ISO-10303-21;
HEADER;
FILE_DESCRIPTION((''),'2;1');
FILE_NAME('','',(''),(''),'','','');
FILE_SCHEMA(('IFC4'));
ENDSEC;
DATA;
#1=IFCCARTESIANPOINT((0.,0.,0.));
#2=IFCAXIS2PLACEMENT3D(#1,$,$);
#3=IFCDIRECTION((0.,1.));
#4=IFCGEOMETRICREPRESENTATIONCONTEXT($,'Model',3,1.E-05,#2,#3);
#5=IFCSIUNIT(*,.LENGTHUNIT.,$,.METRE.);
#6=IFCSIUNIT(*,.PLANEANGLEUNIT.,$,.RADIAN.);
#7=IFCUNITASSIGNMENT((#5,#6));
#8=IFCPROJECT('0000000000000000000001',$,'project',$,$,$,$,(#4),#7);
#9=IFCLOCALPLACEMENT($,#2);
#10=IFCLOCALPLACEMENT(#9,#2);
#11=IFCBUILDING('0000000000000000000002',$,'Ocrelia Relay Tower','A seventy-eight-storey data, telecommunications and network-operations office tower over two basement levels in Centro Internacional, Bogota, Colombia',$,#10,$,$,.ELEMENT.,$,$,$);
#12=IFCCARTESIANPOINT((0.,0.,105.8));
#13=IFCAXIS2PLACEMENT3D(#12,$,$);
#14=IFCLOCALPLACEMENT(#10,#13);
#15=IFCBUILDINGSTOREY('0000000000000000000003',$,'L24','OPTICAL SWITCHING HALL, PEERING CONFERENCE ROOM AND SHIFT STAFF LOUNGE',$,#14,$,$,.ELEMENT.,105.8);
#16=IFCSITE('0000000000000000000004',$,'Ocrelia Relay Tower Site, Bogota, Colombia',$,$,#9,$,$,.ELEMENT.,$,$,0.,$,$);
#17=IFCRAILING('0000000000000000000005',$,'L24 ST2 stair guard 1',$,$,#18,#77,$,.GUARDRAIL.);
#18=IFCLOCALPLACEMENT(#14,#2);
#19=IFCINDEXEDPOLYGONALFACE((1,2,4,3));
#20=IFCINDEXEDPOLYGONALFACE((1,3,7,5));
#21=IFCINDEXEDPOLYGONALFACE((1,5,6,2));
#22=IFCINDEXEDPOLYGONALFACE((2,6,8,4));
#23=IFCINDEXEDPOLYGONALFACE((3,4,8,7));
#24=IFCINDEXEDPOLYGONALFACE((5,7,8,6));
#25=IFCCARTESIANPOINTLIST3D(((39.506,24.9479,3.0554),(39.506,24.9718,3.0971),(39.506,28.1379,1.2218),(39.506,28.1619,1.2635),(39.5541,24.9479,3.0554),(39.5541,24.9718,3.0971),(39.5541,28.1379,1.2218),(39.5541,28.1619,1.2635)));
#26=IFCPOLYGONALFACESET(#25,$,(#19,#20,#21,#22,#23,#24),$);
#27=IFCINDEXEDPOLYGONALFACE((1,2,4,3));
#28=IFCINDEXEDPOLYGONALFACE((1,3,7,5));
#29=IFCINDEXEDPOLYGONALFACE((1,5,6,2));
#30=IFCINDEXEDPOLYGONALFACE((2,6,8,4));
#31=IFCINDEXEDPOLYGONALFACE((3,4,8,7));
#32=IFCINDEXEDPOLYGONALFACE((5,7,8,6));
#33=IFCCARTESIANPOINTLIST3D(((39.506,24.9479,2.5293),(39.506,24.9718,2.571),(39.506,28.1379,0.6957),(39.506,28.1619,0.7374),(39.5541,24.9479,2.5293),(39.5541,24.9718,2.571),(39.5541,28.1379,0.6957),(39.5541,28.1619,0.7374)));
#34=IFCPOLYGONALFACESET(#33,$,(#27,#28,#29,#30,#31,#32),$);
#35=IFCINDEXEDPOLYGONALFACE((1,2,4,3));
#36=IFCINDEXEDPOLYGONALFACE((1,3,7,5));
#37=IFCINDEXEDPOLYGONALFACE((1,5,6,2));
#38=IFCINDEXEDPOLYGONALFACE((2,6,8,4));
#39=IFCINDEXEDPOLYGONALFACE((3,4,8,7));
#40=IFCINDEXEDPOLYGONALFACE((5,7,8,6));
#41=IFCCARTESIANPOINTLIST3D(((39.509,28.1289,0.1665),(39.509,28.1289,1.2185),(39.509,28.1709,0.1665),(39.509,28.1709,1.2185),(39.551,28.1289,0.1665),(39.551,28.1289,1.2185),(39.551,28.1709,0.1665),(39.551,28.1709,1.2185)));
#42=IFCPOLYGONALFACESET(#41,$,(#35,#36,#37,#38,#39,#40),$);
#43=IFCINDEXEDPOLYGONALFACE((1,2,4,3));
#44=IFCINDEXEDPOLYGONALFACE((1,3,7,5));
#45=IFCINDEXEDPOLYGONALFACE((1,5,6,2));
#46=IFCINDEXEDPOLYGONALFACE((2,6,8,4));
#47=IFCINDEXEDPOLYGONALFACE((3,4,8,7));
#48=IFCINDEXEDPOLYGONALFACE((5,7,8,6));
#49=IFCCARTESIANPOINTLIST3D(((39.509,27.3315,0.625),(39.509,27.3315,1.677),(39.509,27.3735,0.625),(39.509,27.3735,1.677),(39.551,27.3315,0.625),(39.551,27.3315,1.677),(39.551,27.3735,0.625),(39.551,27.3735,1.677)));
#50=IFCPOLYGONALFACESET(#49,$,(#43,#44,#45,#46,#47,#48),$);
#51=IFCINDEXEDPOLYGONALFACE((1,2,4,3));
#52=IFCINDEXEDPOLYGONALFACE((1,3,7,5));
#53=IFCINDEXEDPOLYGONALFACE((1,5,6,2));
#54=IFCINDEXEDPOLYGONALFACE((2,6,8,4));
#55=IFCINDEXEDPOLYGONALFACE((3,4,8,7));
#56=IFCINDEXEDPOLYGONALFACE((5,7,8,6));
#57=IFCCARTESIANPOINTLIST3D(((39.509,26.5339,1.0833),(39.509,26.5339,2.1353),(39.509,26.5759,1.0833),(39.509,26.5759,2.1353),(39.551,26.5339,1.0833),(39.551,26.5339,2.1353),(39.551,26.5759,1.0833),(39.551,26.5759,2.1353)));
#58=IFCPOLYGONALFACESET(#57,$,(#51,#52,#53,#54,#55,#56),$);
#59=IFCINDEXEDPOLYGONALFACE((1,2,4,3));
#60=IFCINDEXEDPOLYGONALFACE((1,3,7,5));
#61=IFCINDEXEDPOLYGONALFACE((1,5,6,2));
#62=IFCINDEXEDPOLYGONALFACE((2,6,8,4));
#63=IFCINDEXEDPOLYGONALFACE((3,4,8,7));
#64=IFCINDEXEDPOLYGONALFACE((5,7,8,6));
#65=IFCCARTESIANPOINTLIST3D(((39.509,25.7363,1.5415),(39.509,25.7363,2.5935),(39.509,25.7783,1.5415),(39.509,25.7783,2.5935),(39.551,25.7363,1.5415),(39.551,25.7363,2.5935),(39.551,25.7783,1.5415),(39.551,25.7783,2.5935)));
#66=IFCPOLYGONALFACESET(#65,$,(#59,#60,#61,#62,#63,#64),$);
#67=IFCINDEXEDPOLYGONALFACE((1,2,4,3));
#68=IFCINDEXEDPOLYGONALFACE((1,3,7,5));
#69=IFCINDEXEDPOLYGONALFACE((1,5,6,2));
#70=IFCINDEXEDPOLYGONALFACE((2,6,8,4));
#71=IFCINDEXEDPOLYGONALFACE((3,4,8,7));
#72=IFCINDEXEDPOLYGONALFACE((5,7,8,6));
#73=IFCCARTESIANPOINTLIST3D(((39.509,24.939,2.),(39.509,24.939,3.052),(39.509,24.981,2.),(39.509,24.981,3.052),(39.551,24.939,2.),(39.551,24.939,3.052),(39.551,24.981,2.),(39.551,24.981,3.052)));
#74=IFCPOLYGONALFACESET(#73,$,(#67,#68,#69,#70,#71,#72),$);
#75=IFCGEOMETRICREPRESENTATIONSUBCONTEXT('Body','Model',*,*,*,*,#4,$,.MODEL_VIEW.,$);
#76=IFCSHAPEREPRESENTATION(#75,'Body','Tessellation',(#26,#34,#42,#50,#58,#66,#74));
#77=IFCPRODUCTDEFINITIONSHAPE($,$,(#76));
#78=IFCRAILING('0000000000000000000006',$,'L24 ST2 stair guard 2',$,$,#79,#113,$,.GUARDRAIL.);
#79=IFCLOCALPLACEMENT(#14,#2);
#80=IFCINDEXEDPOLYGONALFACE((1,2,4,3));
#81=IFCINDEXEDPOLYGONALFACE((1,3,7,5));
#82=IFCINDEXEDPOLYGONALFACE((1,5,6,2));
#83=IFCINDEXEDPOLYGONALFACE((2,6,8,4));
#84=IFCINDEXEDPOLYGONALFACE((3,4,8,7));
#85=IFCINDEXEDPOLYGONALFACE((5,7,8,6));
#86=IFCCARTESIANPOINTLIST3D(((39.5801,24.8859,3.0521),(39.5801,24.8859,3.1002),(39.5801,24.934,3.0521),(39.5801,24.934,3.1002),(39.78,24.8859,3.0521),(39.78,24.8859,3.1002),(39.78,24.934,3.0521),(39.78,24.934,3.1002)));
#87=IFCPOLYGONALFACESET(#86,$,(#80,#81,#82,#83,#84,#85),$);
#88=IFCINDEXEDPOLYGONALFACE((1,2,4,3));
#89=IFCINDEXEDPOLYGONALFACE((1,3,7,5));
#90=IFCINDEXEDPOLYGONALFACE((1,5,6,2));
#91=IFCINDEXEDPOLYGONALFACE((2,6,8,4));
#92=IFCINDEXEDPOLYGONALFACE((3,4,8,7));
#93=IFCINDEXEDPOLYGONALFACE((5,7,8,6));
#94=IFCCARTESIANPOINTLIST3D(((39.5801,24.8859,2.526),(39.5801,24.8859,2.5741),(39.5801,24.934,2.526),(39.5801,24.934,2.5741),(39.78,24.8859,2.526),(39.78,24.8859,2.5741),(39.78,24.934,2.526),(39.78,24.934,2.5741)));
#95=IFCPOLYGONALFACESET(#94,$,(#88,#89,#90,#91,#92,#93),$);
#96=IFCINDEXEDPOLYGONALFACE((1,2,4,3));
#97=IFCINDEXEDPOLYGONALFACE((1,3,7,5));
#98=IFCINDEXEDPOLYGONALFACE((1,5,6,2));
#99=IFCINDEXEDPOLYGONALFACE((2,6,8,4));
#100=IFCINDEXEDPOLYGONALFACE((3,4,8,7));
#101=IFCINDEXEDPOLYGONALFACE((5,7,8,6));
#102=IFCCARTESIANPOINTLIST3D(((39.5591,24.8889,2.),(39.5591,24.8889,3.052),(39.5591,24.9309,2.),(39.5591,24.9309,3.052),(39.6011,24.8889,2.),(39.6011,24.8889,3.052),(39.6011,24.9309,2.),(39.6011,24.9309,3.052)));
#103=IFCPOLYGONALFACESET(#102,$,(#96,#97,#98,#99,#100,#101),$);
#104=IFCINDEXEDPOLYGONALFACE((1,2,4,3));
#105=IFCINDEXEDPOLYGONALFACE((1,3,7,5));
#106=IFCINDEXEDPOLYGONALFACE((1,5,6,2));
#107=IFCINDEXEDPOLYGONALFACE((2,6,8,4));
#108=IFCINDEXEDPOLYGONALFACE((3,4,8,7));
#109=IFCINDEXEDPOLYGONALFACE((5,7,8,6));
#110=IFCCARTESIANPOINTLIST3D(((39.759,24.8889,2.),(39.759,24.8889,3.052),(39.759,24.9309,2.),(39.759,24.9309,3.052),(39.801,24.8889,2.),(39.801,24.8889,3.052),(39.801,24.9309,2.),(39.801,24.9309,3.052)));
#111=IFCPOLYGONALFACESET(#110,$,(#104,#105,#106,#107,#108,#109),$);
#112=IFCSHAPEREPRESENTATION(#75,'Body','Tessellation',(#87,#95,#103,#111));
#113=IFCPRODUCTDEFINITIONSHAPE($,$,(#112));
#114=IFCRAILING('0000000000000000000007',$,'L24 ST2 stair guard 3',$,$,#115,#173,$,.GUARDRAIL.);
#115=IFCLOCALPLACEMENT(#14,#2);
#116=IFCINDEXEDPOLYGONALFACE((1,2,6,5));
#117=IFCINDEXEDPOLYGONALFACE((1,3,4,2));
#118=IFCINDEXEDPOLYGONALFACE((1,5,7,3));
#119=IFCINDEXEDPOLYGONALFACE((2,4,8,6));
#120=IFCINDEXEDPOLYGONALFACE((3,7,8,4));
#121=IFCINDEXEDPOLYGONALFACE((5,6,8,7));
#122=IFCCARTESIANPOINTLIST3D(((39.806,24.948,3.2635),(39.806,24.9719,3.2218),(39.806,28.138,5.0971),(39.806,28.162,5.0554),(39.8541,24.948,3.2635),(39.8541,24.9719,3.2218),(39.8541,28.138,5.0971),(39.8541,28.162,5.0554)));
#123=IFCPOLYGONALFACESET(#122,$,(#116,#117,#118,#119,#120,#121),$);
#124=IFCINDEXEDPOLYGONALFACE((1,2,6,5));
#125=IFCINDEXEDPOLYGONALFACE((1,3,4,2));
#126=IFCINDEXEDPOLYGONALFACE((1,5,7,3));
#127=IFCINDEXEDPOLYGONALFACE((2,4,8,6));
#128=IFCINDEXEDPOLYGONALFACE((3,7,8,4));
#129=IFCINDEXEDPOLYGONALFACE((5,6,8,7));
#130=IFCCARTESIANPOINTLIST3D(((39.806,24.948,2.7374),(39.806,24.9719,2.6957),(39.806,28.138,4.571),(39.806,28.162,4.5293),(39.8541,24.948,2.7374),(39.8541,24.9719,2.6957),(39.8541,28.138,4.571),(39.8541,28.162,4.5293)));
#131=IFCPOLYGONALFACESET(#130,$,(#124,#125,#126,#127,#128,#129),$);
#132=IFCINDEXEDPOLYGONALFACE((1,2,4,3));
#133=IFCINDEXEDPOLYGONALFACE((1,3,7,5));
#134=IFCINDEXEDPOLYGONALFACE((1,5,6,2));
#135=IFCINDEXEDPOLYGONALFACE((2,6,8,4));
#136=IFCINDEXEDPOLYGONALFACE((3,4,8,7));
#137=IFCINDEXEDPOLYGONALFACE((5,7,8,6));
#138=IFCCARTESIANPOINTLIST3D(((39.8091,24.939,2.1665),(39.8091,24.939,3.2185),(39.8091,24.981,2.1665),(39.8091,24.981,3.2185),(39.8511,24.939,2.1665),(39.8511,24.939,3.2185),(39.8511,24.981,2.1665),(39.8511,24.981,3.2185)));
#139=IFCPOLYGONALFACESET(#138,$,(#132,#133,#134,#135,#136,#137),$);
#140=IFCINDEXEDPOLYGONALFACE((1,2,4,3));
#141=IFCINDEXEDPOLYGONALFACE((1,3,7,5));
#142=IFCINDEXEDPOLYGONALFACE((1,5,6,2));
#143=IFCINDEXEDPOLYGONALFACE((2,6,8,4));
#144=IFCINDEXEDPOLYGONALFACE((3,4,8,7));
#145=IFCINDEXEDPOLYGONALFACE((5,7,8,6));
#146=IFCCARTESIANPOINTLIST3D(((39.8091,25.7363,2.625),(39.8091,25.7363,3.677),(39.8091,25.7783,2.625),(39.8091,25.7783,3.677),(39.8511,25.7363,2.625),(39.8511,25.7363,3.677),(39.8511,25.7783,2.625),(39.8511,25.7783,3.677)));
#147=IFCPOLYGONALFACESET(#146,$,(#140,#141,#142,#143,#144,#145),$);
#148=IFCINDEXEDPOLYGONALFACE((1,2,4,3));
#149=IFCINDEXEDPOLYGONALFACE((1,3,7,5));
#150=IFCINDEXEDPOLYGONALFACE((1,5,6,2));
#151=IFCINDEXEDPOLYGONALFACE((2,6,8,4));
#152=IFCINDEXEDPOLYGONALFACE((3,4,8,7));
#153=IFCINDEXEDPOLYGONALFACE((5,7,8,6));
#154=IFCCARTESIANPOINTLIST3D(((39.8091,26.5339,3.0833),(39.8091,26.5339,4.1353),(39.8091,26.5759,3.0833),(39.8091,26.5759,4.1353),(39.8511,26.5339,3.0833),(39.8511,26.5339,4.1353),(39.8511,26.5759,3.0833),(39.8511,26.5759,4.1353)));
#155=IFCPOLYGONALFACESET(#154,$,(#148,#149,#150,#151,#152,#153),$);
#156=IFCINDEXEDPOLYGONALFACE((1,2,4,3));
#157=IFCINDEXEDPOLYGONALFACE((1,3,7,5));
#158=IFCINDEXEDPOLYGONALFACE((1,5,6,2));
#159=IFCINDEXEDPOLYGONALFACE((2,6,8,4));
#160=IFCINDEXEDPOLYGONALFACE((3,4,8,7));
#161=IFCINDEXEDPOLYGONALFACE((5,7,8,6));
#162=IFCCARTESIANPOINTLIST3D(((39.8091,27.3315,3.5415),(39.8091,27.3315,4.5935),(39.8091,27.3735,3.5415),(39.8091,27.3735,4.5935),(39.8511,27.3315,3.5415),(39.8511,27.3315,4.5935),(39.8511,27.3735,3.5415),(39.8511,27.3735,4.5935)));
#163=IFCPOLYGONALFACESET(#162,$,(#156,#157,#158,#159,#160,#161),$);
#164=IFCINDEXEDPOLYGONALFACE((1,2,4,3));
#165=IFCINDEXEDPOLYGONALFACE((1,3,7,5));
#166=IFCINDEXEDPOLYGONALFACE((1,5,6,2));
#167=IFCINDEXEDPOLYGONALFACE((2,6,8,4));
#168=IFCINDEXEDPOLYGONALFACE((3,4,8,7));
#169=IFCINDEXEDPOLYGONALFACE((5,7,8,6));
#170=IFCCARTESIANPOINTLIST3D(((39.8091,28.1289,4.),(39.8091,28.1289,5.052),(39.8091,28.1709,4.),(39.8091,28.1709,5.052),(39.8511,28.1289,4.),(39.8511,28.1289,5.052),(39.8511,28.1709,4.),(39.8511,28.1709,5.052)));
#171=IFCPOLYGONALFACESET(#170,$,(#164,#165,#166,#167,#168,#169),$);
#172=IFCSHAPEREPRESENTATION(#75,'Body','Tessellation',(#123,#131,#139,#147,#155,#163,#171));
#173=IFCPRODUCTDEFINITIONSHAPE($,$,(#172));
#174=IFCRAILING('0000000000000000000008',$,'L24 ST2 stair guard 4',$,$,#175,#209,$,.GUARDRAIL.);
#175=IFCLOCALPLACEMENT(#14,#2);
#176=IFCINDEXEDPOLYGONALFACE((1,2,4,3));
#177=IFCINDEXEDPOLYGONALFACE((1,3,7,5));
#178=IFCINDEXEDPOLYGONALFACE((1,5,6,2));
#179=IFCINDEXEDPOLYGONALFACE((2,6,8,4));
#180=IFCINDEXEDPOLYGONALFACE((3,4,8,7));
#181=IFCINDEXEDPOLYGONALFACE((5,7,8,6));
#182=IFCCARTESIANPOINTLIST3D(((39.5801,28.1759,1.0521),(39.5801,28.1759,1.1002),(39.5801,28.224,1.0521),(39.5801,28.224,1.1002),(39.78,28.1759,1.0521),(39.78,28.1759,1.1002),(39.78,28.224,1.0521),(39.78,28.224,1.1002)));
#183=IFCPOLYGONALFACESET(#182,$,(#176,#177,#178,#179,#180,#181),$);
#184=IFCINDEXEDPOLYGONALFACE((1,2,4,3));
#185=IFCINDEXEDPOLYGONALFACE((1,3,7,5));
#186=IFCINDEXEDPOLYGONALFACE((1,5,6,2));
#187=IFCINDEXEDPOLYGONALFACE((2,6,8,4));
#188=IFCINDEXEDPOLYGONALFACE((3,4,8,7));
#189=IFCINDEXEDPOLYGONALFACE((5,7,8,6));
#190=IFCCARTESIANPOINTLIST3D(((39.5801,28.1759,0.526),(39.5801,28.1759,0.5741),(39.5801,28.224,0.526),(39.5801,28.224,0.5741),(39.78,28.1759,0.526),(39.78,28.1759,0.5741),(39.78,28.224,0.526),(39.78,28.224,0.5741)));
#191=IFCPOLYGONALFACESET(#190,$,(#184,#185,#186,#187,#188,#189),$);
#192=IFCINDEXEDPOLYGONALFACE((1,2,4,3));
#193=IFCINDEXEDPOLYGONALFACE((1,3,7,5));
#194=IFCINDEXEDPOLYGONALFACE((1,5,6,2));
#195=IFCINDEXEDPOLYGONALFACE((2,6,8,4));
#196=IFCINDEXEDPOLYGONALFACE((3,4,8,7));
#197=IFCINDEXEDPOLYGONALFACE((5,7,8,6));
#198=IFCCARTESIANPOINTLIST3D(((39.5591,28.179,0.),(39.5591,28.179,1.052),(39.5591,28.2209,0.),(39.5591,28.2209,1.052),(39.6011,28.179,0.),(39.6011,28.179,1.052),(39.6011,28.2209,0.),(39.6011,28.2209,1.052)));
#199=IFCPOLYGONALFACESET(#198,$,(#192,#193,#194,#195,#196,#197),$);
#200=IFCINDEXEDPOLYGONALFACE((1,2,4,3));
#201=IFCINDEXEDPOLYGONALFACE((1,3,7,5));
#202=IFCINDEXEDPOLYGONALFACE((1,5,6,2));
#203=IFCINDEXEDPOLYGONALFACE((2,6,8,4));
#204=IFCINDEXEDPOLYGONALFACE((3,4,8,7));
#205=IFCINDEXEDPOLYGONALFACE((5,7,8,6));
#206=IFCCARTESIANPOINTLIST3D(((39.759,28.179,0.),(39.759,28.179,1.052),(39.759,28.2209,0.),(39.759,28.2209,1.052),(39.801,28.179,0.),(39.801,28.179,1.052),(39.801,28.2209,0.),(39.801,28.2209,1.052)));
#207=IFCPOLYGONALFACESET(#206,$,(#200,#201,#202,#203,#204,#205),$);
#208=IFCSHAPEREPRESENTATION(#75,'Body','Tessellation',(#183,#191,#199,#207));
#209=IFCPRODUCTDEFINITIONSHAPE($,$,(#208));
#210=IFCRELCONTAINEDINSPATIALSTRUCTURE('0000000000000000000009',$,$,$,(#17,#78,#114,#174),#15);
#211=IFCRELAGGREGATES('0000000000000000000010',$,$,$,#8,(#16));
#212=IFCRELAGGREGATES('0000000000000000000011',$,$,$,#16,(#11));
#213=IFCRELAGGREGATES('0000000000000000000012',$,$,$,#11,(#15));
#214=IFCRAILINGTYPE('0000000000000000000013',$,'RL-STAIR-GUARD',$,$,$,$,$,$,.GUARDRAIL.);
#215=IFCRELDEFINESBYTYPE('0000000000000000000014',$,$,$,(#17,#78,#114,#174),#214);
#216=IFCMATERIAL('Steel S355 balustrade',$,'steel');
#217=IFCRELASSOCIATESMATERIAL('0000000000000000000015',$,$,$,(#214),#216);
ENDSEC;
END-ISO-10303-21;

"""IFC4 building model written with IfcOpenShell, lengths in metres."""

from ifc_helpers import new_model, si_unit, direction, frame, origin, origin_2d, place, context, subcontext, project, spatial, rectangle, extrude, material, type_object, element, save


model = new_model("IFC4")

# Units and contexts
model_context = context("Model", 3, precision=1e-05, world=origin(), true_north=direction((0.0, 1.0)))
body_context = subcontext(model_context, "Body", "Model", "MODEL_VIEW")
ifc_project = project(units=[si_unit("LENGTHUNIT", "METRE"), si_unit("PLANEANGLEUNIT", "RADIAN")], contexts=[model_context])

# Site, building, storey
site_placement = place(None, origin())
site = spatial("IfcSite", under=ifc_project, at=site_placement, Name="Ocrelia Relay Tower Site, Bogota, Colombia", CompositionType="ELEMENT", RefElevation=0.0)
building_placement = place(site_placement, origin())
building = spatial("IfcBuilding", under=site, at=building_placement, Name="Ocrelia Relay Tower", Description="A seventy-eight-storey data, telecommunications and network-operations office tower over two basement levels in Centro Internacional, Bogota, Colombia", CompositionType="ELEMENT")
storey_placement = place(building_placement, frame((0.0, 0.0, 105.8)))
storey = spatial("IfcBuildingStorey", under=building, at=storey_placement, Name="L24", Description="OPTICAL SWITCHING HALL, PEERING CONFERENCE ROOM AND SHIFT STAFF LOUNGE", CompositionType="ELEMENT", Elevation=105.8)

# Railings
ifc_material_1 = material(Name="Steel S355 balustrade", Category="steel")
railing_type_1 = type_object("IfcRailingType", Name="RL-STAIR-GUARD", PredefinedType="GUARDRAIL", material=ifc_material_1)
railing_1_placement = place(storey_placement, frame((39.53, 28.1499, 0.1665)))
element("IfcRailing", 1, at=railing_1_placement, inside=storey, type_object=railing_type_1, Name="L24 ST2 stair guard 1", PredefinedType="GUARDRAIL", context=body_context, shape_type="SweptSolid", body=[
    extrude(rectangle(XDim=0.0481, YDim=0.0481, at=origin_2d()), frame((0.0, 0.0, 1.0762), z_axis=(0.0, -0.866991, 0.498324), x_axis=(1.0, 0.0, 0.0)), (0.0, 0.0, 1.0), 3.6794),
    extrude(rectangle(XDim=0.0481, YDim=0.0481, at=origin_2d()), frame((0.0, 0.0, 0.55), z_axis=(0.0, -0.866991, 0.498324), x_axis=(1.0, 0.0, 0.0)), (0.0, 0.0, 1.0), 3.6794),
    extrude(rectangle(XDim=0.042, YDim=0.042, at=origin_2d()), origin(), (0.0, 0.0, 1.0), 1.052),
    extrude(rectangle(XDim=0.042, YDim=0.042, at=origin_2d()), frame((0.0, -0.7974, 0.4585)), (0.0, 0.0, 1.0), 1.052),
    extrude(rectangle(XDim=0.042, YDim=0.042, at=origin_2d()), frame((0.0, -1.595, 0.9167)), (0.0, 0.0, 1.0), 1.052),
    extrude(rectangle(XDim=0.042, YDim=0.042, at=origin_2d()), frame((0.0, -2.3926, 1.375)), (0.0, 0.0, 1.0), 1.052),
    extrude(rectangle(XDim=0.042, YDim=0.042, at=origin_2d()), frame((0.0, -3.1899, 1.8335)), (0.0, 0.0, 1.0), 1.052),
])
railing_2_placement = place(storey_placement, frame((39.5801, 24.9099, 2.0)))
element("IfcRailing", 2, at=railing_2_placement, inside=storey, type_object=railing_type_1, Name="L24 ST2 stair guard 2", PredefinedType="GUARDRAIL", context=body_context, shape_type="SweptSolid", body=[
    extrude(rectangle(XDim=0.0481, YDim=0.0481, at=origin_2d()), frame((0.0, 0.0, 1.0762), z_axis=(1.0, 0.0, 0.0), x_axis=(0.0, 1.0, 0.0)), (0.0, 0.0, 1.0), 0.2),
    extrude(rectangle(XDim=0.0481, YDim=0.0481, at=origin_2d()), frame((0.0, 0.0, 0.55), z_axis=(1.0, 0.0, 0.0), x_axis=(0.0, 1.0, 0.0)), (0.0, 0.0, 1.0), 0.2),
    extrude(rectangle(XDim=0.042, YDim=0.042, at=origin_2d()), origin(), (0.0, 0.0, 1.0), 1.052),
    extrude(rectangle(XDim=0.042, YDim=0.042, at=origin_2d()), frame((0.2, 0.0, 0.0)), (0.0, 0.0, 1.0), 1.052),
])
railing_3_placement = place(storey_placement, frame((39.8301, 24.96, 2.1665)))
element("IfcRailing", 3, at=railing_3_placement, inside=storey, type_object=railing_type_1, Name="L24 ST2 stair guard 3", PredefinedType="GUARDRAIL", context=body_context, shape_type="SweptSolid", body=[
    extrude(rectangle(XDim=0.0481, YDim=0.0481, at=origin_2d()), frame((0.0, 0.0, 1.0762), z_axis=(0.0, 0.866991, 0.498324), x_axis=(-1.0, 0.0, 0.0)), (0.0, 0.0, 1.0), 3.6794),
    extrude(rectangle(XDim=0.0481, YDim=0.0481, at=origin_2d()), frame((0.0, 0.0, 0.55), z_axis=(0.0, 0.866991, 0.498324), x_axis=(-1.0, 0.0, 0.0)), (0.0, 0.0, 1.0), 3.6794),
    extrude(rectangle(XDim=0.042, YDim=0.042, at=origin_2d()), origin(), (0.0, 0.0, 1.0), 1.052),
    extrude(rectangle(XDim=0.042, YDim=0.042, at=origin_2d()), frame((0.0, 0.7974, 0.4585)), (0.0, 0.0, 1.0), 1.052),
    extrude(rectangle(XDim=0.042, YDim=0.042, at=origin_2d()), frame((0.0, 1.595, 0.9167)), (0.0, 0.0, 1.0), 1.052),
    extrude(rectangle(XDim=0.042, YDim=0.042, at=origin_2d()), frame((0.0, 2.3926, 1.375)), (0.0, 0.0, 1.0), 1.052),
    extrude(rectangle(XDim=0.042, YDim=0.042, at=origin_2d()), frame((0.0, 3.1899, 1.8335)), (0.0, 0.0, 1.0), 1.052),
])
railing_4_placement = place(storey_placement, frame((39.5801, 28.2, 0.0)))
element("IfcRailing", 4, at=railing_4_placement, inside=storey, type_object=railing_type_1, Name="L24 ST2 stair guard 4", PredefinedType="GUARDRAIL", context=body_context, shape_type="SweptSolid", body=[
    extrude(rectangle(XDim=0.0481, YDim=0.0481, at=origin_2d()), frame((0.0, 0.0, 1.0762), z_axis=(1.0, 0.0, 0.0), x_axis=(0.0, 1.0, 0.0)), (0.0, 0.0, 1.0), 0.2),
    extrude(rectangle(XDim=0.0481, YDim=0.0481, at=origin_2d()), frame((0.0, 0.0, 0.55), z_axis=(1.0, 0.0, 0.0), x_axis=(0.0, 1.0, 0.0)), (0.0, 0.0, 1.0), 0.2),
    extrude(rectangle(XDim=0.042, YDim=0.042, at=origin_2d()), origin(), (0.0, 0.0, 1.0), 1.052),
    extrude(rectangle(XDim=0.042, YDim=0.042, at=origin_2d()), frame((0.2, 0.0, 0.0)), (0.0, 0.0, 1.0), 1.052),
])

save(model, "model.ifc")
